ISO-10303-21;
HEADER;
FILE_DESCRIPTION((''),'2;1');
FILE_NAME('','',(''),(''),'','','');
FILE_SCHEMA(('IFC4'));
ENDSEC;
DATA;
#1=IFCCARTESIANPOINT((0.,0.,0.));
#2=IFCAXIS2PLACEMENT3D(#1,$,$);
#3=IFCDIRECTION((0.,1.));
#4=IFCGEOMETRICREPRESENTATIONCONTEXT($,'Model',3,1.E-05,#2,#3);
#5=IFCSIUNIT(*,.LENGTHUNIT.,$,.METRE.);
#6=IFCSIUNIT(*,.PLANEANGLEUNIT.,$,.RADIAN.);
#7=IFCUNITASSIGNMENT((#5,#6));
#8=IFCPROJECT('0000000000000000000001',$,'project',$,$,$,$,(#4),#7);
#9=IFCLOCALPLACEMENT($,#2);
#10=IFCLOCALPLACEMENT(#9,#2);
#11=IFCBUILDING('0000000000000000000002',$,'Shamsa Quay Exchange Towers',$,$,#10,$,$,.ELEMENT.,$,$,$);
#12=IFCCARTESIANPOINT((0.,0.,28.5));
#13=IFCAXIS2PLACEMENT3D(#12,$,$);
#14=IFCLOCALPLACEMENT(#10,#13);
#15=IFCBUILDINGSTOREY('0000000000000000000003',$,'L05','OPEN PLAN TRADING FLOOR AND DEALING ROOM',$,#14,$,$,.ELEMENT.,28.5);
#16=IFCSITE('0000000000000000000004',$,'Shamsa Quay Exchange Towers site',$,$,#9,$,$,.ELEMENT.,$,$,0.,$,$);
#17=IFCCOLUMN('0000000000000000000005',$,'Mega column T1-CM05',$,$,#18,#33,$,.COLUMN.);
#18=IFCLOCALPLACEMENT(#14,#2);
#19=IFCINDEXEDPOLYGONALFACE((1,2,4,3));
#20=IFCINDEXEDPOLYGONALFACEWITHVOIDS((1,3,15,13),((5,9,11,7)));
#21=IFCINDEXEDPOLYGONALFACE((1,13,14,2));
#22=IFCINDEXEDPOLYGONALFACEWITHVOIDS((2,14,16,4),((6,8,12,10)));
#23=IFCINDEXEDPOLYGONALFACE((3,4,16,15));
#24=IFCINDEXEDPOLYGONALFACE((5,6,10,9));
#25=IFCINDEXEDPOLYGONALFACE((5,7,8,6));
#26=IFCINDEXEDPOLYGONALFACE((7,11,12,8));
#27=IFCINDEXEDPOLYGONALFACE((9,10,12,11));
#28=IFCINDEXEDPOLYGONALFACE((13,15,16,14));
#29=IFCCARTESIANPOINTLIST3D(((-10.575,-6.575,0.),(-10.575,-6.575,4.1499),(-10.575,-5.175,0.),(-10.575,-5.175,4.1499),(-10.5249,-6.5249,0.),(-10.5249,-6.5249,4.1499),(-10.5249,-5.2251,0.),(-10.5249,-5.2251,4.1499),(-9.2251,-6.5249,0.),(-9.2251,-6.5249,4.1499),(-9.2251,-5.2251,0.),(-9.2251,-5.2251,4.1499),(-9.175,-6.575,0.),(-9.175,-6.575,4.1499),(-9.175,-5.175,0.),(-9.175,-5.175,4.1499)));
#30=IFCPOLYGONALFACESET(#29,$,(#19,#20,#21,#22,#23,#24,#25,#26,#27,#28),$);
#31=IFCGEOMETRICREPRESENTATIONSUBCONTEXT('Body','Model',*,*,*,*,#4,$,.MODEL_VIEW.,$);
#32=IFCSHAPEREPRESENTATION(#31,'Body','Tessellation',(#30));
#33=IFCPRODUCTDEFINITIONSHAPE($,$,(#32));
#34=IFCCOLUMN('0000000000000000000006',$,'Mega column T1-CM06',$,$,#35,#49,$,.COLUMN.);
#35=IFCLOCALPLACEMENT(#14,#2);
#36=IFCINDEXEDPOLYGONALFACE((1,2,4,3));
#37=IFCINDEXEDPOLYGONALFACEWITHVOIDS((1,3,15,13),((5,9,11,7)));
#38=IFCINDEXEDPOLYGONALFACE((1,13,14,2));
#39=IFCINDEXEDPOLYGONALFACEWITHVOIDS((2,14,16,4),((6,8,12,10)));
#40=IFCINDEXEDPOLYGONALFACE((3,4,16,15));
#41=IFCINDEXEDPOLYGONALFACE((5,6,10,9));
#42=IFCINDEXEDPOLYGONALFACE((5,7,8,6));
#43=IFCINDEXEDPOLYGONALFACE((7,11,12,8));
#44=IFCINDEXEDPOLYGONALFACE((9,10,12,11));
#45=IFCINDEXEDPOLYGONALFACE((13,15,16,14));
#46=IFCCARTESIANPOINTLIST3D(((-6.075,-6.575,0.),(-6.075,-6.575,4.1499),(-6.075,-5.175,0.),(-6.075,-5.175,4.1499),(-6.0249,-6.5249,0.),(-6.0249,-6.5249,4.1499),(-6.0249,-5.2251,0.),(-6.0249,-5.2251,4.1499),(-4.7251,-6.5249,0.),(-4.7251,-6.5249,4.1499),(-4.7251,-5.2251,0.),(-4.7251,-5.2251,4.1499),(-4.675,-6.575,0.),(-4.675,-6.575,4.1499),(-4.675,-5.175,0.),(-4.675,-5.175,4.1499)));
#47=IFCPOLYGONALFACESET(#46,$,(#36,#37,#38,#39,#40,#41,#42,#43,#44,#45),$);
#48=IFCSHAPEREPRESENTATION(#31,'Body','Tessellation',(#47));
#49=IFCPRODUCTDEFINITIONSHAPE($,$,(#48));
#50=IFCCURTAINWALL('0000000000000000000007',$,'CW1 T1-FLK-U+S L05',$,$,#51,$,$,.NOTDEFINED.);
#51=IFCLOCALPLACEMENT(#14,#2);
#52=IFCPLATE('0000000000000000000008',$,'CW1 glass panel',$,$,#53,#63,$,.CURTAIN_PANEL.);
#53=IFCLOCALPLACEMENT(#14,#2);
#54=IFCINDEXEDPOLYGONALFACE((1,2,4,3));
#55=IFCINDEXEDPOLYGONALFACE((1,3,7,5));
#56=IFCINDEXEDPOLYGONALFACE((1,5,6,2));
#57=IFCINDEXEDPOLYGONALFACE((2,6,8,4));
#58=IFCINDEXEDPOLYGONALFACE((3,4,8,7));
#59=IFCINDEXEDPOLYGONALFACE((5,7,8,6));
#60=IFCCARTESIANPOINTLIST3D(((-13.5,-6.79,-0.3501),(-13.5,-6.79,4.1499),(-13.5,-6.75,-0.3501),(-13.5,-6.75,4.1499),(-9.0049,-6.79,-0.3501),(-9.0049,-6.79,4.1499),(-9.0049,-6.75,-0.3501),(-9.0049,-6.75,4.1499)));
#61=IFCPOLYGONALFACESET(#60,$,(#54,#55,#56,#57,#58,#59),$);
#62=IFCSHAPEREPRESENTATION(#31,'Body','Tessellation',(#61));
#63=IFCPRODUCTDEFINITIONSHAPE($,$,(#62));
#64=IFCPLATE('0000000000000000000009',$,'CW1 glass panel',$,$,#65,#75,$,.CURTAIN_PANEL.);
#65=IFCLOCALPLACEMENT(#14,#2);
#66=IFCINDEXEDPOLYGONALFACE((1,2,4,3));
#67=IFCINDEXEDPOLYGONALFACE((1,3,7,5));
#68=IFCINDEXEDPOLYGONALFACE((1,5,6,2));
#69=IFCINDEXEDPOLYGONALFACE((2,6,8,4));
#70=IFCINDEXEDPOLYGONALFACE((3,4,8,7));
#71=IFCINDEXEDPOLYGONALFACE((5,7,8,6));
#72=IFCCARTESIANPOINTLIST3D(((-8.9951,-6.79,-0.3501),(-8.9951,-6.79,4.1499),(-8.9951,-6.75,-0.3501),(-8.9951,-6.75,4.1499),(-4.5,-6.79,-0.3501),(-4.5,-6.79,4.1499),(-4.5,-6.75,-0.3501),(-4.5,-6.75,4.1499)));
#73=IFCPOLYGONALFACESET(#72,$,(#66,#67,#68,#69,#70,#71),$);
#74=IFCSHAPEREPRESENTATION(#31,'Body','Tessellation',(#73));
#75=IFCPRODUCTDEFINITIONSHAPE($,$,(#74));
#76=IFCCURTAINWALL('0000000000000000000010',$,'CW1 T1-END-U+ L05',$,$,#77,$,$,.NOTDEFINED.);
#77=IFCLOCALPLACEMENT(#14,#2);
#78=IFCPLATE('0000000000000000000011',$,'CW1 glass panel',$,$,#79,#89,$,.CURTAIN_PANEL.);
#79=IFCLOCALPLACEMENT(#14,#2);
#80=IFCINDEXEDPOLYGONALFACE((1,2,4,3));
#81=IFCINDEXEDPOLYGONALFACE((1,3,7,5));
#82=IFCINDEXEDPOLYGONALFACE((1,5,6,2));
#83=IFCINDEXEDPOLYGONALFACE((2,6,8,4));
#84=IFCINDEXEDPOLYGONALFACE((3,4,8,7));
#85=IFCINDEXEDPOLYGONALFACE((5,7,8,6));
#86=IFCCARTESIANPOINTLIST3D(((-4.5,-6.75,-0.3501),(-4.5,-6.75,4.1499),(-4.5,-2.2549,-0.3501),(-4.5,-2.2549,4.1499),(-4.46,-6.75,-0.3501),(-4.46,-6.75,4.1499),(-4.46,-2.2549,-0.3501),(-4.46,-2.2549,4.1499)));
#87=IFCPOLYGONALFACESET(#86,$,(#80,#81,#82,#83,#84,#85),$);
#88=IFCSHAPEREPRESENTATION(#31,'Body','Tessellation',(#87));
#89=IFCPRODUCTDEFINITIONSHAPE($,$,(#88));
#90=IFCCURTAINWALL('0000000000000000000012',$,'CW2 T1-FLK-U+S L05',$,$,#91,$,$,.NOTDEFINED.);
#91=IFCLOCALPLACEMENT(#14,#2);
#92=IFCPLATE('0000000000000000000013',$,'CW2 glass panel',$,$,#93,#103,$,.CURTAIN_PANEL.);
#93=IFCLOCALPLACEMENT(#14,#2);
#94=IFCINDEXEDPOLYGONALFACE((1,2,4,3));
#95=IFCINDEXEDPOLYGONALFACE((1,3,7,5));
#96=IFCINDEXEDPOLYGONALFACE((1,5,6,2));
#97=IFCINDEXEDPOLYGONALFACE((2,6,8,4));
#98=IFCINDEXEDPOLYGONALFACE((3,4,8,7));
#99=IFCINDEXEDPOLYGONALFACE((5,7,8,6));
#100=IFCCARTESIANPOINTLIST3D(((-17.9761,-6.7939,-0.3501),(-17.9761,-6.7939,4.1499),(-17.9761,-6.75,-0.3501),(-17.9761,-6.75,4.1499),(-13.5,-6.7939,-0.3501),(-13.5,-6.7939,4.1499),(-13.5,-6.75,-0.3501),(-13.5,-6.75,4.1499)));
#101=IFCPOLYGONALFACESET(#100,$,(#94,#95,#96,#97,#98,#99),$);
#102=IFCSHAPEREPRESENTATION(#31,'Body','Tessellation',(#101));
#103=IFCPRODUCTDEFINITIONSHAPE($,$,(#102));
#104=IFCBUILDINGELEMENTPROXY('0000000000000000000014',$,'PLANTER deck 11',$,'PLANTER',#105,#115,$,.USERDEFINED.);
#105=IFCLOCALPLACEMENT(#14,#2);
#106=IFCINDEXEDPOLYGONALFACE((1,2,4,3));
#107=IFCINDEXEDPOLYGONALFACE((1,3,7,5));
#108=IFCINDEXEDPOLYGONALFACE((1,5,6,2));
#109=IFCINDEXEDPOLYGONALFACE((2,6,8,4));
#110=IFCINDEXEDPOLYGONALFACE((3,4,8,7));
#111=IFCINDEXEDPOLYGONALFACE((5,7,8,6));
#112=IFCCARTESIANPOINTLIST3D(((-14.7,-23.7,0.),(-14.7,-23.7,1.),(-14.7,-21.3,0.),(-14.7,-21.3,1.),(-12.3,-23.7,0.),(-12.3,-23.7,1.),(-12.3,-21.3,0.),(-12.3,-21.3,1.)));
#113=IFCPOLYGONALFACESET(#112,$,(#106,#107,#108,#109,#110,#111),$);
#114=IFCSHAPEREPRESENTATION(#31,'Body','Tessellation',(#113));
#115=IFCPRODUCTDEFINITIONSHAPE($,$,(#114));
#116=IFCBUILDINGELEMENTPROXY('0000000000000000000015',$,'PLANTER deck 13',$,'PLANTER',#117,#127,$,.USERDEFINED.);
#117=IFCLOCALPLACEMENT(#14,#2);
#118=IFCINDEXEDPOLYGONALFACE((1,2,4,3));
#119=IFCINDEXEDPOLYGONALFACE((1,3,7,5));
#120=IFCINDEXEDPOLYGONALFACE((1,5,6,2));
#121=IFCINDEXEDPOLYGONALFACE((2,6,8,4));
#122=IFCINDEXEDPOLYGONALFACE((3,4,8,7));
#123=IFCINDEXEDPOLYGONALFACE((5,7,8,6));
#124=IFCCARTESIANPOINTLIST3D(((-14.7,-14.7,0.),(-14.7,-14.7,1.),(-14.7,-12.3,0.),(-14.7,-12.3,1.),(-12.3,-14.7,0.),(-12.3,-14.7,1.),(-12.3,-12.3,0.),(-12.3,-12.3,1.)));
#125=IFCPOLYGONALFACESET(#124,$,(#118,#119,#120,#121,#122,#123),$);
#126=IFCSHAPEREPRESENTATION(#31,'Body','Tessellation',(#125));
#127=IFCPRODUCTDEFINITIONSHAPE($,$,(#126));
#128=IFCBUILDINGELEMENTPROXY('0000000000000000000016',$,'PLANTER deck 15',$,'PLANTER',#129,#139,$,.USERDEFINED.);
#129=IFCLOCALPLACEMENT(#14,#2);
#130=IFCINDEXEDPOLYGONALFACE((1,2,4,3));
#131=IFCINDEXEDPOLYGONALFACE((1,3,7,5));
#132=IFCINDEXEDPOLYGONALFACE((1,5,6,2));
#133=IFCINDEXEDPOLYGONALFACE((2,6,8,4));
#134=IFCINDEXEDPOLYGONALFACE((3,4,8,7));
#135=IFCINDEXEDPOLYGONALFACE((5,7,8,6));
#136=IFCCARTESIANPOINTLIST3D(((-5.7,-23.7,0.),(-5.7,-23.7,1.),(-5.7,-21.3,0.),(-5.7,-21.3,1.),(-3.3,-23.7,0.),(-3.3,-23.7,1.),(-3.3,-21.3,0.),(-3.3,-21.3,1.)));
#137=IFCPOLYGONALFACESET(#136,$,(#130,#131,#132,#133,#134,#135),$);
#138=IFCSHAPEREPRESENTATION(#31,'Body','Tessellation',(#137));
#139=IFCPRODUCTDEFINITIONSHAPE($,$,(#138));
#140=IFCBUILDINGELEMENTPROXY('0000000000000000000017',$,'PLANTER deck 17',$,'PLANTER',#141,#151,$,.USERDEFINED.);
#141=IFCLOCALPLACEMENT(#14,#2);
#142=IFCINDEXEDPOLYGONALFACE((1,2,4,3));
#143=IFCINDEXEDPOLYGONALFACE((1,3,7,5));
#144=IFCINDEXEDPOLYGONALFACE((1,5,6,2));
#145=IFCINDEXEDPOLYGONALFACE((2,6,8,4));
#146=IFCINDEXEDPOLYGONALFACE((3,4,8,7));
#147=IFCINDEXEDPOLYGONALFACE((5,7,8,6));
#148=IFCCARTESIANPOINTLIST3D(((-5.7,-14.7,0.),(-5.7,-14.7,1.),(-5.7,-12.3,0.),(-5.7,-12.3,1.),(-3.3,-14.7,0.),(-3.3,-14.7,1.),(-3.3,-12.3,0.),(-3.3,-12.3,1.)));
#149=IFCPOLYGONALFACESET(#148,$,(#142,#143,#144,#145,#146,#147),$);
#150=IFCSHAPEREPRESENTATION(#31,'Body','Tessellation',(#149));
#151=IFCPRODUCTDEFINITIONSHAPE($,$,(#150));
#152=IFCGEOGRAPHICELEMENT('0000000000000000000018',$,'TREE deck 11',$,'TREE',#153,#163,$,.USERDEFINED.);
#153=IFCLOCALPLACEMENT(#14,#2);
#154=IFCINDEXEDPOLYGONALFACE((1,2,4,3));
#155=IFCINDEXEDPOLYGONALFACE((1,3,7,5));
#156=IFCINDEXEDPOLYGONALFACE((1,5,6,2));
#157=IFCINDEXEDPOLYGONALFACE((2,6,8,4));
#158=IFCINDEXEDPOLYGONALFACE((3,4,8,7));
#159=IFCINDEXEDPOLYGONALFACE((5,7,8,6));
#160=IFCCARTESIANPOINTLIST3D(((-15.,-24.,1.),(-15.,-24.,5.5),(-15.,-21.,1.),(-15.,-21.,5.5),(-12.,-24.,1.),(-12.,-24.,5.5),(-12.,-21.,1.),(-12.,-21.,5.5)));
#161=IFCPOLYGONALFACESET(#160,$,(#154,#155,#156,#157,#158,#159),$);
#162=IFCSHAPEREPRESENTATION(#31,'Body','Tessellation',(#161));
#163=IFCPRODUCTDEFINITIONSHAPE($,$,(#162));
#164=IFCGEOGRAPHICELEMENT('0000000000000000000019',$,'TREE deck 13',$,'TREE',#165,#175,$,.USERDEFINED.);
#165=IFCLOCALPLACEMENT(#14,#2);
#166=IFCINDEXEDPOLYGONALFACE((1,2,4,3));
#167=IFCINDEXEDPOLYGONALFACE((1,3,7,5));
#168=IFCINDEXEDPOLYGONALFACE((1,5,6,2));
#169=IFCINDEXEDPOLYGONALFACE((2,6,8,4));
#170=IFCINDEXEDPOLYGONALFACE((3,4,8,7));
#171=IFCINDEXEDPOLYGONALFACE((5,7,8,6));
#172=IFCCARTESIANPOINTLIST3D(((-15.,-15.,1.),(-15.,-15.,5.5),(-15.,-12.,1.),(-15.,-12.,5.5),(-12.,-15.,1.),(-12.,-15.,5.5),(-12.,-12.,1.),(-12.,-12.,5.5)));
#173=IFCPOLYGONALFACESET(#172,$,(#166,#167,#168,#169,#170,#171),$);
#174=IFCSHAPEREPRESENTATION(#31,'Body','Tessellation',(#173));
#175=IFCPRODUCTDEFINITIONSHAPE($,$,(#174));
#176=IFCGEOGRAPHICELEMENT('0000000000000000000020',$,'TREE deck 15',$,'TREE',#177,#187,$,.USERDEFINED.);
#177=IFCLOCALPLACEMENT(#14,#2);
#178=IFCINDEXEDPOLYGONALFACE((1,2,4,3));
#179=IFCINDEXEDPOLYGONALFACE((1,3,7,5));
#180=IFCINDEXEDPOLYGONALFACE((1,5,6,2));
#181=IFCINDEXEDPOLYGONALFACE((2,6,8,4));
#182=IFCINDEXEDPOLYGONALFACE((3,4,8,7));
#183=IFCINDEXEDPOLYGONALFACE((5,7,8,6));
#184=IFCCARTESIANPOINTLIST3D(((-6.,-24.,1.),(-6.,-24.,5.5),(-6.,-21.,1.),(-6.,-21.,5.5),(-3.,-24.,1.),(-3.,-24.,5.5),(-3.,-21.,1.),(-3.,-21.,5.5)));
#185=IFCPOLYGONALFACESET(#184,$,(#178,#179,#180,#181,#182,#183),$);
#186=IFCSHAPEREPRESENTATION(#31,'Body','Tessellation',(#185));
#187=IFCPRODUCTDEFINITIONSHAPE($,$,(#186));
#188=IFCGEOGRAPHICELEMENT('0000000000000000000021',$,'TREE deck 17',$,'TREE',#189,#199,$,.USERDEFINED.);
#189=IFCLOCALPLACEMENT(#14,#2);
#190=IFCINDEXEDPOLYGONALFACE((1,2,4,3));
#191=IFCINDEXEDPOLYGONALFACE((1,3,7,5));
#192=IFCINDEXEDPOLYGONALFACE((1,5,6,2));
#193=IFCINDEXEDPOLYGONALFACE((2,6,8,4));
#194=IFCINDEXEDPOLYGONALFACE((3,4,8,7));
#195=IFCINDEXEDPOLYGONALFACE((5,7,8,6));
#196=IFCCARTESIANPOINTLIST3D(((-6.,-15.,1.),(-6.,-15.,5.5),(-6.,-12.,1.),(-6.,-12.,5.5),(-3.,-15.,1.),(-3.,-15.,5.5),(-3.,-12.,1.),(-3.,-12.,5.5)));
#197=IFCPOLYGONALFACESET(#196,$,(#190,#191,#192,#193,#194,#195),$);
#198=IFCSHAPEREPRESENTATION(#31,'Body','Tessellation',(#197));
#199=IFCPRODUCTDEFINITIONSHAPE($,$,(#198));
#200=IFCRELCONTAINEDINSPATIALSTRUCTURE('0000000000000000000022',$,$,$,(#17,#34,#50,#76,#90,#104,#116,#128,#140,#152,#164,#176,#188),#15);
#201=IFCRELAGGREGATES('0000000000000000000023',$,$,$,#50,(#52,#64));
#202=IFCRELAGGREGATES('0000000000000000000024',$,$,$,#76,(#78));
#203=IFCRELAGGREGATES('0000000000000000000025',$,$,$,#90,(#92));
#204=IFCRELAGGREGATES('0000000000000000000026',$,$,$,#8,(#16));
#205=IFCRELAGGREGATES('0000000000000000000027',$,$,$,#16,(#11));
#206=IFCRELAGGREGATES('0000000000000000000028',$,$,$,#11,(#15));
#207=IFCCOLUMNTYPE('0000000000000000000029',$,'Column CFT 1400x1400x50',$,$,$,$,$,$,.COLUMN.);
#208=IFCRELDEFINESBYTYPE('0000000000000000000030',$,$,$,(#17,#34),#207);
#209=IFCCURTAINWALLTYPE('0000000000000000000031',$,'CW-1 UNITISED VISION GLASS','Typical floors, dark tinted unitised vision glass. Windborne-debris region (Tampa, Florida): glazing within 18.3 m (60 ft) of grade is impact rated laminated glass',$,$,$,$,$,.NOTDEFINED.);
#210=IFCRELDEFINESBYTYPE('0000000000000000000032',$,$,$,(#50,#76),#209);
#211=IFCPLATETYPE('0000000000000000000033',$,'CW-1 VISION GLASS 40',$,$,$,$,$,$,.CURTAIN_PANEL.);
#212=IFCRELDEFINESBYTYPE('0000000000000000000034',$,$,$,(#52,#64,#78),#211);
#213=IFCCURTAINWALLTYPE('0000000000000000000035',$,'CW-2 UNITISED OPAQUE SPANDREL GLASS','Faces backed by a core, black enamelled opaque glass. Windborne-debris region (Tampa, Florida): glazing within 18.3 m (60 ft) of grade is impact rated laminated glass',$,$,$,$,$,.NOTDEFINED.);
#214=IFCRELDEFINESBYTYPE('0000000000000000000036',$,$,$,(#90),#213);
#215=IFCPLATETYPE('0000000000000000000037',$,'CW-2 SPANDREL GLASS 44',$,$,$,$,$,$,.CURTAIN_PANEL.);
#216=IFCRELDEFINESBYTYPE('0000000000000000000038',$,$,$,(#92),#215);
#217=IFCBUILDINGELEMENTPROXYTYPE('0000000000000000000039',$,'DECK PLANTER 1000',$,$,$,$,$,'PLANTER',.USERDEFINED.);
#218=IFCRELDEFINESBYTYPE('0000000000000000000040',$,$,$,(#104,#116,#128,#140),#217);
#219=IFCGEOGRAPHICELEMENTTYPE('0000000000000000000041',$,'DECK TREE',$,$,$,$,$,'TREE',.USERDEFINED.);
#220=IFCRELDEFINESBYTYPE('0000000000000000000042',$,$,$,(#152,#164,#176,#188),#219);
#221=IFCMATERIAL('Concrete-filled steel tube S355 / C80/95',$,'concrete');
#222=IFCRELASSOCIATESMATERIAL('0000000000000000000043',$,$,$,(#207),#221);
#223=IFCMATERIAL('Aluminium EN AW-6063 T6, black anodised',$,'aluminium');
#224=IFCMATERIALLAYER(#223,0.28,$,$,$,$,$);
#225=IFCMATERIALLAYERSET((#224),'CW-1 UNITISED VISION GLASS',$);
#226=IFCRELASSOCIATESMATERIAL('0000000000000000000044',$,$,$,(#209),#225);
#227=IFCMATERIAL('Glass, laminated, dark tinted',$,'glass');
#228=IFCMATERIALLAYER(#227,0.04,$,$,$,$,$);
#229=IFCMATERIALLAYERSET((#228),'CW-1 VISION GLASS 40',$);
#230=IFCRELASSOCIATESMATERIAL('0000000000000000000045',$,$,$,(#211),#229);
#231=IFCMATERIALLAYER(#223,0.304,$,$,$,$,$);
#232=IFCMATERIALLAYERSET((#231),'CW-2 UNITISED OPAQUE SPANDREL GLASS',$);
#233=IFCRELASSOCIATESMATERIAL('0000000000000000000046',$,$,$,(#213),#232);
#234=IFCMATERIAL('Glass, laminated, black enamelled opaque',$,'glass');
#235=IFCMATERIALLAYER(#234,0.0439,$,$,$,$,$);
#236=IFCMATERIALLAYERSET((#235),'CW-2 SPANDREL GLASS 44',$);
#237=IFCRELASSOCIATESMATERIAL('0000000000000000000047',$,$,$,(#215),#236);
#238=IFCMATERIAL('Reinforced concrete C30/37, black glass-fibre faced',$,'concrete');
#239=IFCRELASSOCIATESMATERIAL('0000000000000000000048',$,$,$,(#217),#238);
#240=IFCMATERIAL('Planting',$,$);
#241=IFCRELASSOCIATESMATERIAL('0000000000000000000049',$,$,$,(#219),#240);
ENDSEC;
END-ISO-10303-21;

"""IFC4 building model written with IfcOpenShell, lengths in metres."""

from ifc_helpers import new_model, si_unit, direction, frame, origin, origin_2d, place, context, subcontext, project, spatial, rectangle, hollow_rectangle, extrude, material, layer, layer_set, material_profile, profile_set, type_object, element, aggregate, save


model = new_model("IFC4")

# Units and contexts
model_context = context("Model", 3, precision=1e-05, world=origin(), true_north=direction((0.0, 1.0)))
body_context = subcontext(model_context, "Body", "Model", "MODEL_VIEW")
ifc_project = project(units=[si_unit("LENGTHUNIT", "METRE"), si_unit("PLANEANGLEUNIT", "RADIAN")], contexts=[model_context])

# Site, building, storey
site_placement = place(None, origin())
site = spatial("IfcSite", under=ifc_project, at=site_placement, Name="Shamsa Quay Exchange Towers site", CompositionType="ELEMENT", RefElevation=0.0)
building_placement = place(site_placement, origin())
building = spatial("IfcBuilding", under=site, at=building_placement, Name="Shamsa Quay Exchange Towers", CompositionType="ELEMENT")
storey_placement = place(building_placement, frame((0.0, 0.0, 28.5)))
storey = spatial("IfcBuildingStorey", under=building, at=storey_placement, Name="L05", Description="OPEN PLAN TRADING FLOOR AND DEALING ROOM", CompositionType="ELEMENT", Elevation=28.5)

# Columns
ifc_material_1 = material(Name="Concrete-filled steel tube S355 / C80/95", Category="concrete")
ifc_material_profile = material_profile(ifc_material_1, hollow_rectangle(XDim=1.3999, YDim=1.3999, WallThickness=0.05, at=origin_2d()), Name="CFT 1400x1400x50")
ifc_profile_set = profile_set([ifc_material_profile], Name="Concrete-filled steel tube S355 / C80/95")
column_type = type_object("IfcColumnType", Name="Column CFT 1400x1400x50", PredefinedType="COLUMN", material=ifc_profile_set)
for number, where, name in (
    (1, (-9.875, -5.875, 0.0), "Mega column T1-CM05"),
    (2, (-5.375, -5.875, 0.0), "Mega column T1-CM06"),
):
    element("IfcColumn", number, at=place(storey_placement, frame(where)), inside=storey, type_object=column_type, Name=name, PredefinedType="COLUMN", context=body_context, shape_type="SweptSolid", body=[
        extrude(hollow_rectangle(XDim=1.3999, YDim=1.3999, WallThickness=0.05, at=origin_2d()), origin(), (0.0, 0.0, 1.0), 4.1499),
    ])

# Curtain wall, plates
ifc_material_2 = material(Name="Aluminium EN AW-6063 T6, black anodised", Category="aluminium")
ifc_layer_1 = layer(ifc_material_2, 0.28)
ifc_layer_set_1 = layer_set([ifc_layer_1], Name="CW-1 UNITISED VISION GLASS")
curtain_wall_type_1 = type_object("IfcCurtainWallType", Name="CW-1 UNITISED VISION GLASS", Description="Typical floors, dark tinted unitised vision glass. Windborne-debris region (Tampa, Florida): glazing within 18.3 m (60 ft) of grade is impact rated laminated glass", PredefinedType="NOTDEFINED", material=ifc_layer_set_1)
curtain_wall_1_placement = place(storey_placement, origin())
curtain_wall_1 = element("IfcCurtainWall", 3, at=curtain_wall_1_placement, inside=storey, type_object=curtain_wall_type_1, Name="CW1 T1-FLK-U+S L05", PredefinedType="NOTDEFINED")
ifc_material_3 = material(Name="Glass, laminated, dark tinted", Category="glass")
ifc_layer_2 = layer(ifc_material_3, 0.04)
ifc_layer_set_2 = layer_set([ifc_layer_2], Name="CW-1 VISION GLASS 40")
plate_type_1 = type_object("IfcPlateType", Name="CW-1 VISION GLASS 40", PredefinedType="CURTAIN_PANEL", material=ifc_layer_set_2)
plate_1_placement = place(storey_placement, frame((-11.2524, -6.77, -0.3501)))
plate_1 = element("IfcPlate", 4, at=plate_1_placement, type_object=plate_type_1, Name="CW1 glass panel", PredefinedType="CURTAIN_PANEL", context=body_context, shape_type="SweptSolid", body=[
    extrude(rectangle(XDim=4.4951, YDim=0.04, at=origin_2d()), origin(), (0.0, 0.0, 1.0), 4.5),
])
plate_2_placement = place(storey_placement, frame((-6.7476, -6.77, -0.3501)))
plate_2 = element("IfcPlate", 5, at=plate_2_placement, type_object=plate_type_1, Name="CW1 glass panel", PredefinedType="CURTAIN_PANEL", context=body_context, shape_type="SweptSolid", body=[
    extrude(rectangle(XDim=4.4951, YDim=0.04, at=origin_2d()), origin(), (0.0, 0.0, 1.0), 4.5),
])
aggregate(curtain_wall_1, [plate_1, plate_2])

# Curtain walls, plates
curtain_wall_2_placement = place(storey_placement, origin())
curtain_wall_2 = element("IfcCurtainWall", 6, at=curtain_wall_2_placement, inside=storey, type_object=curtain_wall_type_1, Name="CW1 T1-END-U+ L05", PredefinedType="NOTDEFINED")
plate_3_placement = place(storey_placement, frame((-4.48, -4.5024, -0.3501), z_axis=(0.0, 0.0, 1.0), x_axis=(0.0, 1.0, 0.0)))
plate_3 = element("IfcPlate", 7, at=plate_3_placement, type_object=plate_type_1, Name="CW1 glass panel", PredefinedType="CURTAIN_PANEL", context=body_context, shape_type="SweptSolid", body=[
    extrude(rectangle(XDim=4.4951, YDim=0.04, at=origin_2d()), origin(), (0.0, 0.0, 1.0), 4.5),
])
aggregate(curtain_wall_2, [plate_3])
ifc_layer_3 = layer(ifc_material_2, 0.304)
ifc_layer_set_3 = layer_set([ifc_layer_3], Name="CW-2 UNITISED OPAQUE SPANDREL GLASS")
curtain_wall_type_2 = type_object("IfcCurtainWallType", Name="CW-2 UNITISED OPAQUE SPANDREL GLASS", Description="Faces backed by a core, black enamelled opaque glass. Windborne-debris region (Tampa, Florida): glazing within 18.3 m (60 ft) of grade is impact rated laminated glass", PredefinedType="NOTDEFINED", material=ifc_layer_set_3)
curtain_wall_3_placement = place(storey_placement, origin())
curtain_wall_3 = element("IfcCurtainWall", 8, at=curtain_wall_3_placement, inside=storey, type_object=curtain_wall_type_2, Name="CW2 T1-FLK-U+S L05", PredefinedType="NOTDEFINED")
ifc_material_4 = material(Name="Glass, laminated, black enamelled opaque", Category="glass")
ifc_layer_4 = layer(ifc_material_4, 0.0439)
ifc_layer_set_4 = layer_set([ifc_layer_4], Name="CW-2 SPANDREL GLASS 44")
plate_type_2 = type_object("IfcPlateType", Name="CW-2 SPANDREL GLASS 44", PredefinedType="CURTAIN_PANEL", material=ifc_layer_set_4)
plate_4_placement = place(storey_placement, frame((-15.738, -6.772, -0.3501)))
plate_4 = element("IfcPlate", 9, at=plate_4_placement, type_object=plate_type_2, Name="CW2 glass panel", PredefinedType="CURTAIN_PANEL", context=body_context, shape_type="SweptSolid", body=[
    extrude(rectangle(XDim=4.4761, YDim=0.0439, at=origin_2d()), origin(), (0.0, 0.0, 1.0), 4.5),
])
aggregate(curtain_wall_3, [plate_4])

# Building element proxies
ifc_material_5 = material(Name="Reinforced concrete C30/37, black glass-fibre faced", Category="concrete")
building_element_proxy_type = type_object("IfcBuildingElementProxyType", Name="DECK PLANTER 1000", ElementType="PLANTER", PredefinedType="USERDEFINED", material=ifc_material_5)
for number, where, name in (
    (10, (-13.5, -22.5, 0.0), "PLANTER deck 11"),
    (11, (-13.5, -13.5, 0.0), "PLANTER deck 13"),
    (12, (-4.5, -22.5, 0.0), "PLANTER deck 15"),
    (13, (-4.5, -13.5, 0.0), "PLANTER deck 17"),
):
    element("IfcBuildingElementProxy", number, at=place(storey_placement, frame(where)), inside=storey, type_object=building_element_proxy_type, Name=name, ObjectType="PLANTER", PredefinedType="USERDEFINED", context=body_context, shape_type="SweptSolid", body=[
        extrude(rectangle(XDim=2.3999, YDim=2.3999, at=origin_2d()), origin(), (0.0, 0.0, 1.0), 1.0),
    ])

# Geographic elements
ifc_material_6 = material(Name="Planting")
geographic_element_type = type_object("IfcGeographicElementType", Name="DECK TREE", ElementType="TREE", PredefinedType="USERDEFINED", material=ifc_material_6)
for number, where, name in (
    (14, (-13.5, -22.5, 1.0), "TREE deck 11"),
    (15, (-13.5, -13.5, 1.0), "TREE deck 13"),
    (16, (-4.5, -22.5, 1.0), "TREE deck 15"),
    (17, (-4.5, -13.5, 1.0), "TREE deck 17"),
):
    element("IfcGeographicElement", number, at=place(storey_placement, frame(where)), inside=storey, type_object=geographic_element_type, Name=name, ObjectType="TREE", PredefinedType="USERDEFINED", context=body_context, shape_type="SweptSolid", body=[
        extrude(rectangle(XDim=3.0, YDim=3.0, at=origin_2d()), origin(), (0.0, 0.0, 1.0), 4.5),
    ])

save(model, "model.ifc")
